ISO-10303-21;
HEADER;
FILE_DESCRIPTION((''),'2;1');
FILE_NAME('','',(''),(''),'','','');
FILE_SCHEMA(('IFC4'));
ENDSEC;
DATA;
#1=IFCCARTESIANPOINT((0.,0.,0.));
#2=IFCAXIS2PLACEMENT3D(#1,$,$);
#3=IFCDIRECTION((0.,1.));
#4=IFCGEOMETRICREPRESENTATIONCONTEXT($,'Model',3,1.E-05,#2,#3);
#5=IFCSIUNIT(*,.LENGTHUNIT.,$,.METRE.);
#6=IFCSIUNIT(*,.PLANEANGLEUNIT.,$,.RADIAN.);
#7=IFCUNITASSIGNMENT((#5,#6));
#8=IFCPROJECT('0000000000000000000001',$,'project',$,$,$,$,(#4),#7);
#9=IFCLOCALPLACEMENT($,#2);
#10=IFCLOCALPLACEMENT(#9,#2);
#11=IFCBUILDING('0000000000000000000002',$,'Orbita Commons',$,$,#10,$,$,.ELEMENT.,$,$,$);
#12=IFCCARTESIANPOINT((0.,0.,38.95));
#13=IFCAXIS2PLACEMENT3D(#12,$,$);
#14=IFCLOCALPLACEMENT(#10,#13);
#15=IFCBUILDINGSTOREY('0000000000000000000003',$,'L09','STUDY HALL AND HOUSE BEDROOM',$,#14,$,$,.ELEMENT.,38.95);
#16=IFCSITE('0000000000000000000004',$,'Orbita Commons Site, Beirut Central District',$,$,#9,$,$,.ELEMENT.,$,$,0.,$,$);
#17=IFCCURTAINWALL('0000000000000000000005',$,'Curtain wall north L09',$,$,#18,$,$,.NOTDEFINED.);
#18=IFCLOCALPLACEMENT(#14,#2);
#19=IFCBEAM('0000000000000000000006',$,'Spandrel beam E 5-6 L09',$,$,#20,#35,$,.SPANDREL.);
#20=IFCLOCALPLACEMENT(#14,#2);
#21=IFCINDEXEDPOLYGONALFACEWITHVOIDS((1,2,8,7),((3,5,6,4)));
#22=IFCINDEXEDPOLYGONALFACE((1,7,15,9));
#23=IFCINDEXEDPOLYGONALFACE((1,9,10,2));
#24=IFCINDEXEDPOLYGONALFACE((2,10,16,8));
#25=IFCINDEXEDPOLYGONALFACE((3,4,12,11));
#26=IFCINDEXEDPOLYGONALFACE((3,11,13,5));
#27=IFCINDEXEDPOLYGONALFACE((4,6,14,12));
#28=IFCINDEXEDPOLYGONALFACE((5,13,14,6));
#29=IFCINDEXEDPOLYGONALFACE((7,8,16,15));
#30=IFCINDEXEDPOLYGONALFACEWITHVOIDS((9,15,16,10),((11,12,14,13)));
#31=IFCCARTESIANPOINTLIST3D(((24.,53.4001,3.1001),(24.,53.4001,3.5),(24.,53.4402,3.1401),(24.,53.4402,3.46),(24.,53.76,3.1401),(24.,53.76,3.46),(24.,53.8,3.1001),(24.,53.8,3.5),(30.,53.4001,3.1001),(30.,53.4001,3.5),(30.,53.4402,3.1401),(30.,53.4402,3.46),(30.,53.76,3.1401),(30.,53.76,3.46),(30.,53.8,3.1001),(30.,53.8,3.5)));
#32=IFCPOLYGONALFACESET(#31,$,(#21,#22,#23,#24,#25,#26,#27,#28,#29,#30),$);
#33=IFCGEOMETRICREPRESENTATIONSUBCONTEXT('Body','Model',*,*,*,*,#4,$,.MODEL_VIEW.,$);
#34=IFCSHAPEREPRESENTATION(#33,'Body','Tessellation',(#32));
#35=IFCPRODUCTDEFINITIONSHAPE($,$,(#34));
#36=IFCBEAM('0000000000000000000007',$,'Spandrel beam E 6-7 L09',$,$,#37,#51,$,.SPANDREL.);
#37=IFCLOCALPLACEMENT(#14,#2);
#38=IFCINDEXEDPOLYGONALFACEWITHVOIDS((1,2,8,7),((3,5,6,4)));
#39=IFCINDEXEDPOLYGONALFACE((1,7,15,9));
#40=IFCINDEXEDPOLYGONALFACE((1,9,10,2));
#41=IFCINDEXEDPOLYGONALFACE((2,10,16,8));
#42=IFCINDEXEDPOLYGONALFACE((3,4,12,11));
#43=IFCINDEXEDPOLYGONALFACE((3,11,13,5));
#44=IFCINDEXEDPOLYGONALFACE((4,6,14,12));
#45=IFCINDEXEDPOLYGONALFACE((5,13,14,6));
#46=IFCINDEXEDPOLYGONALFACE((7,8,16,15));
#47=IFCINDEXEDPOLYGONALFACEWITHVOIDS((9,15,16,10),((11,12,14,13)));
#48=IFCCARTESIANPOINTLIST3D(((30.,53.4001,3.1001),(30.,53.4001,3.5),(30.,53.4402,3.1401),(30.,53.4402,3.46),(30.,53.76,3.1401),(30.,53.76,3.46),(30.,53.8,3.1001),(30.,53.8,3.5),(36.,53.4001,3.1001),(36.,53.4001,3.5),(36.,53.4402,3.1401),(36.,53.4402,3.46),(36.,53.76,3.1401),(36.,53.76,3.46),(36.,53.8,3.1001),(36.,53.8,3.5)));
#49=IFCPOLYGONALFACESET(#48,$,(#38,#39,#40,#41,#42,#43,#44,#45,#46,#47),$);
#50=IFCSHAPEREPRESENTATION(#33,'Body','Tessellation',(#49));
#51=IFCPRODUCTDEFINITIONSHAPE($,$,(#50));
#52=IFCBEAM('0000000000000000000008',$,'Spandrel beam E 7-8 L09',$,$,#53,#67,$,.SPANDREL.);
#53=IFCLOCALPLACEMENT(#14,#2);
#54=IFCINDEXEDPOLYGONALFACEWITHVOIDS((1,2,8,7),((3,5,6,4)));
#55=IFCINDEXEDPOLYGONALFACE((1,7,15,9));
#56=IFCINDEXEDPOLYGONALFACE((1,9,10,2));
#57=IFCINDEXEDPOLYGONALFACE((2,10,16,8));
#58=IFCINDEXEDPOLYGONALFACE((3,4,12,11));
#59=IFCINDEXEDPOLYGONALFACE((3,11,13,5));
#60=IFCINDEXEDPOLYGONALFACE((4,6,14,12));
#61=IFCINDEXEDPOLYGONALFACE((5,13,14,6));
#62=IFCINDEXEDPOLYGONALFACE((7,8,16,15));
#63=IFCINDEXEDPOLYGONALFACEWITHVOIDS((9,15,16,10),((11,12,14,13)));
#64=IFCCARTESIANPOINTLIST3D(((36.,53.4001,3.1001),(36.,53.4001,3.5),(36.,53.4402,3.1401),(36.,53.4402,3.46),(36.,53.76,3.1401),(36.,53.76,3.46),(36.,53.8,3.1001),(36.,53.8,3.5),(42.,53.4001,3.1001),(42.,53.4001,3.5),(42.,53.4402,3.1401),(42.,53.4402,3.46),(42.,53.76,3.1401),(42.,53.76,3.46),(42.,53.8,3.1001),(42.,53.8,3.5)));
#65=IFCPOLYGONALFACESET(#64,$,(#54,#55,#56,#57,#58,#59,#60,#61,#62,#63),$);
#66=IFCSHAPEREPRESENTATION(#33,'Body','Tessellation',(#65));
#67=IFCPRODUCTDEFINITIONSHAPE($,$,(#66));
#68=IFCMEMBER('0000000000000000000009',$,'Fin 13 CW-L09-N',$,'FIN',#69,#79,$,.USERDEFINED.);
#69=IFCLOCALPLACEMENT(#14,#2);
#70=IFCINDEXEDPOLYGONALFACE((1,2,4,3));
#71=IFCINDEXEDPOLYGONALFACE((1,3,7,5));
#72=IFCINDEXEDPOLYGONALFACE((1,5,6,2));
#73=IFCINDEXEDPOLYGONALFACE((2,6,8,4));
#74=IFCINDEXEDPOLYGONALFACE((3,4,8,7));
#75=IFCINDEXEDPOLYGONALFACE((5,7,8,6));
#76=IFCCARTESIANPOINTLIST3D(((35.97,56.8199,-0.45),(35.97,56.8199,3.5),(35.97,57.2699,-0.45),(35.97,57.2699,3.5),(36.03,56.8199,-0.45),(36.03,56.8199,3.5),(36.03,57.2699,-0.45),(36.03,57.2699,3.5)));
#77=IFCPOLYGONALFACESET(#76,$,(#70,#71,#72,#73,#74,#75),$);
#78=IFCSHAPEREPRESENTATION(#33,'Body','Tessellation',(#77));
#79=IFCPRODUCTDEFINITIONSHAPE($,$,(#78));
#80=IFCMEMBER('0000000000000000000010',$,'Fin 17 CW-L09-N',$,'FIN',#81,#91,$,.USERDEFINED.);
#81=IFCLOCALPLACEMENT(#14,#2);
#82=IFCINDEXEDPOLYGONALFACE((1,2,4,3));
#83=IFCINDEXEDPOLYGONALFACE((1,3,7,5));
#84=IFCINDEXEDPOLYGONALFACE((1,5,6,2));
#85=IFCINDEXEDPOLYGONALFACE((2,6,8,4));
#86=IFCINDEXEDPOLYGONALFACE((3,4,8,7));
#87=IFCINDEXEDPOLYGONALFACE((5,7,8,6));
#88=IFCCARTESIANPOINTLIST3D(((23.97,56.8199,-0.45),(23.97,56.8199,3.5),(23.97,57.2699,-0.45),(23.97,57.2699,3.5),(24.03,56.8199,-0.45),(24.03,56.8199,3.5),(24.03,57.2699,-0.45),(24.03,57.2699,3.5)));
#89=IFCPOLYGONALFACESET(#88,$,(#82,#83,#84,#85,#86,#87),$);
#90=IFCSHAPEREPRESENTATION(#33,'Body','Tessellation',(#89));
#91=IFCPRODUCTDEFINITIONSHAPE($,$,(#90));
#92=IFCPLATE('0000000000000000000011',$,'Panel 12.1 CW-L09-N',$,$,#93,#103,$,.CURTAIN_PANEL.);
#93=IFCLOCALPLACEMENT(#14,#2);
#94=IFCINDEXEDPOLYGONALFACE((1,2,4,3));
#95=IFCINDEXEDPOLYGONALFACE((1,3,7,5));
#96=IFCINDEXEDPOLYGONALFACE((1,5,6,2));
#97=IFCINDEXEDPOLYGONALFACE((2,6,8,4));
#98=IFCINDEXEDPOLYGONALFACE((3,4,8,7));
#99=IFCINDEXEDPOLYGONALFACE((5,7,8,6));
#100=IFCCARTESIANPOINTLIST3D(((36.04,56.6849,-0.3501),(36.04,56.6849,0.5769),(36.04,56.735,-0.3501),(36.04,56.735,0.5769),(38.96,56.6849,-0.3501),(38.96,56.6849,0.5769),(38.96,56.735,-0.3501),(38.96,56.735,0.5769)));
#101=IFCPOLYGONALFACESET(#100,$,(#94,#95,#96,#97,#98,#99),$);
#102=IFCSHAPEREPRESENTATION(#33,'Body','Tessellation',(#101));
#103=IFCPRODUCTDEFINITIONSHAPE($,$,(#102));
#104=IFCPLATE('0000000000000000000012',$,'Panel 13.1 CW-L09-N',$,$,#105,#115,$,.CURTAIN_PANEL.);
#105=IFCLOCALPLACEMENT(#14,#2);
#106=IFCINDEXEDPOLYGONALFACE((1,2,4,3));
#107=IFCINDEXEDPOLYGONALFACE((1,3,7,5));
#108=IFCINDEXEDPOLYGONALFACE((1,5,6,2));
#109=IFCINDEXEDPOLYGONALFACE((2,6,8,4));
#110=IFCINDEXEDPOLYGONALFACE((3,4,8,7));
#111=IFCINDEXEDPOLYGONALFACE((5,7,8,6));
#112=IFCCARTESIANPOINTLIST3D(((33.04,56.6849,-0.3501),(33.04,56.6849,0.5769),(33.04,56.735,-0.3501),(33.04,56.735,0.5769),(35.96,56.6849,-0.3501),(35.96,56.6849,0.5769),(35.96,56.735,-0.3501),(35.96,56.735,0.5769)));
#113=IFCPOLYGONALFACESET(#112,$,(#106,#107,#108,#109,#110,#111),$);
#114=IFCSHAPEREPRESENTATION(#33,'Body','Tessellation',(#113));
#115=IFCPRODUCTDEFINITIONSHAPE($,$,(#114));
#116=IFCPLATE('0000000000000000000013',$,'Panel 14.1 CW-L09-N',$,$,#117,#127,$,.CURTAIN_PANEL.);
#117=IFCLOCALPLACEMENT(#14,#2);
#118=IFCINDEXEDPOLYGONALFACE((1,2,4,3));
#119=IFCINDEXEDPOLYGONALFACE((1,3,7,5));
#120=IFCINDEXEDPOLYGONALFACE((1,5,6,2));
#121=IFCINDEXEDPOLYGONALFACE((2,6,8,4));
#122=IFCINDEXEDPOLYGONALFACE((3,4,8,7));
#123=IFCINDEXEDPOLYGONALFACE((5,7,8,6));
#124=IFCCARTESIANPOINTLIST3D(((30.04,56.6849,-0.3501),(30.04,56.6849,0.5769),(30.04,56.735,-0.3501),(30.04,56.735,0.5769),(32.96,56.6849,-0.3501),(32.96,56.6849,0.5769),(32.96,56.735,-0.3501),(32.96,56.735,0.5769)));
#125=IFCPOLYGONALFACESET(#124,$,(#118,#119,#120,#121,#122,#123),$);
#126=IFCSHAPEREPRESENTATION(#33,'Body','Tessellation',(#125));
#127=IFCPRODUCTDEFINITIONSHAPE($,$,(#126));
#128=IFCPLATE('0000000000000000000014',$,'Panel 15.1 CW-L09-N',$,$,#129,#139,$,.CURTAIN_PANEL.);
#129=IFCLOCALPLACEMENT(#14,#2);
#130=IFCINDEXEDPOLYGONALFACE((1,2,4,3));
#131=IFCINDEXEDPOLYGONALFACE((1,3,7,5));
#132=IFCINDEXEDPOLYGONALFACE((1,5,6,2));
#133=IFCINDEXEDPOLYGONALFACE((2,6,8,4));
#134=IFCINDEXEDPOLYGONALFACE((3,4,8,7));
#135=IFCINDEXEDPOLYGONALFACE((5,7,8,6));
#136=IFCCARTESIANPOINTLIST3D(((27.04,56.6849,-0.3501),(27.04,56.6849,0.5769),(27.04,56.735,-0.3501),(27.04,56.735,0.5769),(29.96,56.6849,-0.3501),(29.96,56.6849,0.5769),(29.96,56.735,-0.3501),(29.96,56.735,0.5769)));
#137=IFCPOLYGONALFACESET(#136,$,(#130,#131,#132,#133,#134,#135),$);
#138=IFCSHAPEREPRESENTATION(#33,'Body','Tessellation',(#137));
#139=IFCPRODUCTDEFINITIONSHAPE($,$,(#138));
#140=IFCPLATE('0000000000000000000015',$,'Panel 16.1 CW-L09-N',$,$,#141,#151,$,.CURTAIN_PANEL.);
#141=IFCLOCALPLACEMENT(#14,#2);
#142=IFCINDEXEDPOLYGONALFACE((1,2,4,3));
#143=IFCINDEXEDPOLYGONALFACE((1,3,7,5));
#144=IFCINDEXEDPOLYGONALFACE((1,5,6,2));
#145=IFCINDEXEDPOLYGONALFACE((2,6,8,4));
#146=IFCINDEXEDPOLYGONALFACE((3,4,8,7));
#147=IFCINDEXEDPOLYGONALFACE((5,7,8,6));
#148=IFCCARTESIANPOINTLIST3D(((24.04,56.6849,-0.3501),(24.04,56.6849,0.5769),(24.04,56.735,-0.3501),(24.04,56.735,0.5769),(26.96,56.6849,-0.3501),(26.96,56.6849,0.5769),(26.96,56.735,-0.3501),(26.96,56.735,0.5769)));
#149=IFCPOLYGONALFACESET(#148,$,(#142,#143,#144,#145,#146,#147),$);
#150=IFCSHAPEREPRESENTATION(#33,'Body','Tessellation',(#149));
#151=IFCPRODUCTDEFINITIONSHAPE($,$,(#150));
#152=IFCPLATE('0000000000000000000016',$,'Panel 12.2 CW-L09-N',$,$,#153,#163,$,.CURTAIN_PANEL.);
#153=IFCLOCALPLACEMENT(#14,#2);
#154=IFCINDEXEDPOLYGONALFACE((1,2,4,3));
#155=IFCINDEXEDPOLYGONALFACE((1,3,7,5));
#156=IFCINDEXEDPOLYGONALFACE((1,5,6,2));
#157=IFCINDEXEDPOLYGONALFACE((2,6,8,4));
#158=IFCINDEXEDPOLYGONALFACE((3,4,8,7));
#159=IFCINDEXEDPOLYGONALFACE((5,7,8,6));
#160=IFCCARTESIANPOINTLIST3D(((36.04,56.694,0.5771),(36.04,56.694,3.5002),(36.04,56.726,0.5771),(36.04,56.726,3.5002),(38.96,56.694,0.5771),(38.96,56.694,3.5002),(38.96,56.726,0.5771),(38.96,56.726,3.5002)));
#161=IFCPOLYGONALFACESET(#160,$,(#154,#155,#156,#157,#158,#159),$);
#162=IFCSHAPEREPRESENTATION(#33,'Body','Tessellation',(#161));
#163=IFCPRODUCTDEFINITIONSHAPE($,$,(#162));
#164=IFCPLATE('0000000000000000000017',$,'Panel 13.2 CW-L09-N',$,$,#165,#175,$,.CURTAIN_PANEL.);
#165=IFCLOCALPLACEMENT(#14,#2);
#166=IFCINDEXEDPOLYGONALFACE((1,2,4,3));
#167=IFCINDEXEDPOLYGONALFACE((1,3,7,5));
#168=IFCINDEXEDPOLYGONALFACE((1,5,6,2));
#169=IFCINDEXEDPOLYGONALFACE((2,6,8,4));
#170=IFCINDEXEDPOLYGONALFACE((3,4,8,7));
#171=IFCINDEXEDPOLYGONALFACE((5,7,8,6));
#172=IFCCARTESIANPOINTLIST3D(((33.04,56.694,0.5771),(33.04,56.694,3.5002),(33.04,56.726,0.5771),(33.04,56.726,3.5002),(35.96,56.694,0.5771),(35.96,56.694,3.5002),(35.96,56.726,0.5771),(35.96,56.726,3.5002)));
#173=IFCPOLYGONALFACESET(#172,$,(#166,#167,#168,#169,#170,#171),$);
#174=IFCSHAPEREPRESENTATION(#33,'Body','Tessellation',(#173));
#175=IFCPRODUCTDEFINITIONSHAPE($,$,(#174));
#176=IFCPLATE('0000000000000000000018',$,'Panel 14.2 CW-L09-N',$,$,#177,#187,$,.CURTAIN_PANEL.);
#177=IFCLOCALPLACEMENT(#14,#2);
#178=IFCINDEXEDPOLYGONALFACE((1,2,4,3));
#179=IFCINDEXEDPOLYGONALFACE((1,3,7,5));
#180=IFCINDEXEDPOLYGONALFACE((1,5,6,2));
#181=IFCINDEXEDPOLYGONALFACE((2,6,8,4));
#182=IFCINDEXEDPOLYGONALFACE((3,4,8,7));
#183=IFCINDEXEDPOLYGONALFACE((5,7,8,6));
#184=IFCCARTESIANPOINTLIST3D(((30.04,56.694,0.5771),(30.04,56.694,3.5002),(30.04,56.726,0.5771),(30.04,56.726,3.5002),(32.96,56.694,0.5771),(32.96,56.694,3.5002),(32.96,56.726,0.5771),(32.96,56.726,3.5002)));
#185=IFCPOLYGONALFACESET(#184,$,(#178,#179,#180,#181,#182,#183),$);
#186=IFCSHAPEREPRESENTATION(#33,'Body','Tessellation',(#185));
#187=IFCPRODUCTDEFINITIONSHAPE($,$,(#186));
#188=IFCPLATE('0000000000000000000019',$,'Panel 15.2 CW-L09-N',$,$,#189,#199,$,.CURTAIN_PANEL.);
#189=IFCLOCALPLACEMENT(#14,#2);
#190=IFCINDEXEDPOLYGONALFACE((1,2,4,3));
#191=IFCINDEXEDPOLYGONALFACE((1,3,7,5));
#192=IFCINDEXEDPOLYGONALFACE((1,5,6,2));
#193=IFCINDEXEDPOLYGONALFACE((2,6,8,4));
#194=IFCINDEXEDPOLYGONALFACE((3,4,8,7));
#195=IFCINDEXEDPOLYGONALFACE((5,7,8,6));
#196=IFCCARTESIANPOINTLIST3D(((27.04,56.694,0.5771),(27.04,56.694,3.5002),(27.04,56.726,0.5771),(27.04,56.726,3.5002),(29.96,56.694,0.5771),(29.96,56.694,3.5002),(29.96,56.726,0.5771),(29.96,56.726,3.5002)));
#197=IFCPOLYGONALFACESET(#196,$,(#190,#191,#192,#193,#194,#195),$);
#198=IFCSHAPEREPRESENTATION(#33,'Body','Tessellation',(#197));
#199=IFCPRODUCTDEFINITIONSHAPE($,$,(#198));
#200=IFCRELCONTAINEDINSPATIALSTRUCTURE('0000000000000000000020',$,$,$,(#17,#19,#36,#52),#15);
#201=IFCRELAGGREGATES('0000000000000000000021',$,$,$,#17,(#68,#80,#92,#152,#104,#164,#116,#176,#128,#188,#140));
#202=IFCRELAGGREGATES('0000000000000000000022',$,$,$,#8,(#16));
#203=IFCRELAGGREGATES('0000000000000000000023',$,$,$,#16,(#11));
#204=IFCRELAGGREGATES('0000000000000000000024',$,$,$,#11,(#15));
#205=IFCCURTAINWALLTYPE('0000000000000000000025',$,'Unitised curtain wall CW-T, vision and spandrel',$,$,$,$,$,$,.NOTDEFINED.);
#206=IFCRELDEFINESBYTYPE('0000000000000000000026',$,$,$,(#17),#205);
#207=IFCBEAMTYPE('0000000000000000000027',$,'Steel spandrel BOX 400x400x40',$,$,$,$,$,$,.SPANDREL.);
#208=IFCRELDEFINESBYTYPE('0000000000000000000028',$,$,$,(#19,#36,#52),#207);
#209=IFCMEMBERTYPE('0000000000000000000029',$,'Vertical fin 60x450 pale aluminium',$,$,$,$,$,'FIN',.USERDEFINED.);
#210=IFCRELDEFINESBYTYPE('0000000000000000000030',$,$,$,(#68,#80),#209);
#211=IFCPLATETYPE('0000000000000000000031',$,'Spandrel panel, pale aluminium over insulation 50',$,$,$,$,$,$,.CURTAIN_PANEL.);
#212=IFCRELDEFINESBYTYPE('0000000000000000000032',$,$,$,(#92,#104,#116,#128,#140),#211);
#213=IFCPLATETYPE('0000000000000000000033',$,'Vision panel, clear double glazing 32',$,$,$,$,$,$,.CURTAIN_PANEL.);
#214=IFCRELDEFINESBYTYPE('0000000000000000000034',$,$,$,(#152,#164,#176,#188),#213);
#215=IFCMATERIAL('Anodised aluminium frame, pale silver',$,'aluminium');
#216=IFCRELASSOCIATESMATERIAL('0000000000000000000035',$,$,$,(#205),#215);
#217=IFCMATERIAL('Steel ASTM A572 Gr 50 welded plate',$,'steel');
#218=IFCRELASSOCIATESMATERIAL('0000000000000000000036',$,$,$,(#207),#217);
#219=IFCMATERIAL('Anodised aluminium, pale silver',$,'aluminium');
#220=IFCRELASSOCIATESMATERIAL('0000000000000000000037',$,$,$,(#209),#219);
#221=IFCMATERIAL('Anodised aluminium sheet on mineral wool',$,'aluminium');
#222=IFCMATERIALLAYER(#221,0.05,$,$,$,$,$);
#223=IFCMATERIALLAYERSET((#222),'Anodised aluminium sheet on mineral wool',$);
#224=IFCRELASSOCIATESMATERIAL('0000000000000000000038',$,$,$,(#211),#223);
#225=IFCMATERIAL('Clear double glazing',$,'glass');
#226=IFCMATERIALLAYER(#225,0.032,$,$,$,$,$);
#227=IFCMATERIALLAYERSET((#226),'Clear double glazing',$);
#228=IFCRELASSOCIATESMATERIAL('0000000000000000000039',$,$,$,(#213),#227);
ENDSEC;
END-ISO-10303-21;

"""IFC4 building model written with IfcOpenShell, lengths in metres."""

from ifc_helpers import new_model, si_unit, direction, frame, origin, origin_2d, place, context, subcontext, project, spatial, rectangle, hollow_rectangle, extrude, material, layer, layer_set, material_profile, profile_set, type_object, element, aggregate, save


model = new_model("IFC4")

# Units and contexts
model_context = context("Model", 3, precision=1e-05, world=origin(), true_north=direction((0.0, 1.0)))
body_context = subcontext(model_context, "Body", "Model", "MODEL_VIEW")
ifc_project = project(units=[si_unit("LENGTHUNIT", "METRE"), si_unit("PLANEANGLEUNIT", "RADIAN")], contexts=[model_context])

# Site, building, storey
site_placement = place(None, origin())
site = spatial("IfcSite", under=ifc_project, at=site_placement, Name="Orbita Commons Site, Beirut Central District", CompositionType="ELEMENT", RefElevation=0.0)
building_placement = place(site_placement, origin())
building = spatial("IfcBuilding", under=site, at=building_placement, Name="Orbita Commons", CompositionType="ELEMENT")
storey_placement = place(building_placement, frame((0.0, 0.0, 38.95)))
storey = spatial("IfcBuildingStorey", under=building, at=storey_placement, Name="L09", Description="STUDY HALL AND HOUSE BEDROOM", CompositionType="ELEMENT", Elevation=38.95)

# Curtain wall
ifc_material_1 = material(Name="Anodised aluminium frame, pale silver", Category="aluminium")
curtain_wall_type = type_object("IfcCurtainWallType", Name="Unitised curtain wall CW-T, vision and spandrel", PredefinedType="NOTDEFINED", material=ifc_material_1)
curtain_wall_placement = place(storey_placement, origin())
curtain_wall = element("IfcCurtainWall", 1, at=curtain_wall_placement, inside=storey, type_object=curtain_wall_type, Name="Curtain wall north L09", PredefinedType="NOTDEFINED")

# Beams
ifc_material_2 = material(Name="Steel ASTM A572 Gr 50 welded plate", Category="steel")
ifc_material_profile_1 = material_profile(ifc_material_2, hollow_rectangle(XDim=0.3999, YDim=0.3999, WallThickness=0.04, at=origin_2d()), Name="BOX 400x400x40")
ifc_profile_set_1 = profile_set([ifc_material_profile_1], Name="Steel ASTM A572 Gr 50 welded plate")
beam_type = type_object("IfcBeamType", Name="Steel spandrel BOX 400x400x40", PredefinedType="SPANDREL", material=ifc_profile_set_1)
for number, where, z_axis, x_axis, name in (
    (2, (24.0, 53.6001, 3.3), (1.0, 0.0, 0.0), (0.0, 1.0, 0.0), "Spandrel beam E 5-6 L09"),
    (3, (30.0, 53.6001, 3.3), (1.0, 0.0, 0.0), (0.0, 1.0, 0.0), "Spandrel beam E 6-7 L09"),
    (4, (36.0, 53.6001, 3.3), (1.0, 0.0, 0.0), (0.0, 1.0, 0.0), "Spandrel beam E 7-8 L09"),
):
    element("IfcBeam", number, at=place(storey_placement, frame(where, z_axis=z_axis, x_axis=x_axis)), inside=storey, type_object=beam_type, Name=name, PredefinedType="SPANDREL", context=body_context, shape_type="SweptSolid", body=[
        extrude(hollow_rectangle(XDim=0.3999, YDim=0.3999, WallThickness=0.04, at=origin_2d()), origin(), (0.0, 0.0, 1.0), 6.0),
    ])

# Members
ifc_material_3 = material(Name="Anodised aluminium, pale silver", Category="aluminium")
ifc_material_profile_2 = material_profile(ifc_material_3, rectangle(XDim=0.0601, YDim=0.45, at=origin_2d()), Name="FIN 60x450")
ifc_profile_set_2 = profile_set([ifc_material_profile_2], Name="Anodised aluminium, pale silver")
member_type_1 = type_object("IfcMemberType", Name="Vertical fin 60x450 pale aluminium", ElementType="FIN", PredefinedType="USERDEFINED", material=ifc_profile_set_2)
member_1_placement = place(storey_placement, frame((36.0, 57.0449, -0.45), z_axis=(0.0, 0.0, 1.0), x_axis=(-1.0, 0.0, 0.0)))
member_1 = element("IfcMember", 5, at=member_1_placement, type_object=member_type_1, Name="Fin 13 CW-L09-N", ObjectType="FIN", PredefinedType="USERDEFINED", context=body_context, shape_type="SweptSolid", body=[
    extrude(rectangle(XDim=0.0601, YDim=0.45, at=origin_2d()), origin(), (0.0, 0.0, 1.0), 3.95),
])
member_2_placement = place(storey_placement, frame((24.0, 57.0449, -0.45), z_axis=(0.0, 0.0, 1.0), x_axis=(-1.0, 0.0, 0.0)))
member_2 = element("IfcMember", 6, at=member_2_placement, type_object=member_type_1, Name="Fin 17 CW-L09-N", ObjectType="FIN", PredefinedType="USERDEFINED", context=body_context, shape_type="SweptSolid", body=[
    extrude(rectangle(XDim=0.0601, YDim=0.45, at=origin_2d()), origin(), (0.0, 0.0, 1.0), 3.95),
])

# Plates
ifc_material_4 = material(Name="Anodised aluminium sheet on mineral wool", Category="aluminium")
ifc_layer_1 = layer(ifc_material_4, 0.05)
ifc_layer_set_1 = layer_set([ifc_layer_1], Name="Anodised aluminium sheet on mineral wool")
plate_type_1 = type_object("IfcPlateType", Name="Spandrel panel, pale aluminium over insulation 50", PredefinedType="CURTAIN_PANEL", material=ifc_layer_set_1)
plate_1_placement = place(storey_placement, frame((37.5, 56.71, -0.3501), z_axis=(0.0, 0.0, 1.0), x_axis=(-1.0, 0.0, 0.0)))
plate_1 = element("IfcPlate", 7, at=plate_1_placement, type_object=plate_type_1, Name="Panel 12.1 CW-L09-N", PredefinedType="CURTAIN_PANEL", context=body_context, shape_type="SweptSolid", body=[
    extrude(rectangle(XDim=2.9199, YDim=0.05, at=origin_2d()), origin(), (0.0, 0.0, 1.0), 0.927),
])
plate_2_placement = place(storey_placement, frame((34.5, 56.71, -0.3501), z_axis=(0.0, 0.0, 1.0), x_axis=(-1.0, 0.0, 0.0)))
plate_2 = element("IfcPlate", 8, at=plate_2_placement, type_object=plate_type_1, Name="Panel 13.1 CW-L09-N", PredefinedType="CURTAIN_PANEL", context=body_context, shape_type="SweptSolid", body=[
    extrude(rectangle(XDim=2.9199, YDim=0.05, at=origin_2d()), origin(), (0.0, 0.0, 1.0), 0.927),
])
plate_3_placement = place(storey_placement, frame((31.5, 56.71, -0.3501), z_axis=(0.0, 0.0, 1.0), x_axis=(-1.0, 0.0, 0.0)))
plate_3 = element("IfcPlate", 9, at=plate_3_placement, type_object=plate_type_1, Name="Panel 14.1 CW-L09-N", PredefinedType="CURTAIN_PANEL", context=body_context, shape_type="SweptSolid", body=[
    extrude(rectangle(XDim=2.9199, YDim=0.05, at=origin_2d()), origin(), (0.0, 0.0, 1.0), 0.927),
])
plate_4_placement = place(storey_placement, frame((28.5, 56.71, -0.3501), z_axis=(0.0, 0.0, 1.0), x_axis=(-1.0, 0.0, 0.0)))
plate_4 = element("IfcPlate", 10, at=plate_4_placement, type_object=plate_type_1, Name="Panel 15.1 CW-L09-N", PredefinedType="CURTAIN_PANEL", context=body_context, shape_type="SweptSolid", body=[
    extrude(rectangle(XDim=2.9199, YDim=0.05, at=origin_2d()), origin(), (0.0, 0.0, 1.0), 0.927),
])
plate_5_placement = place(storey_placement, frame((25.5, 56.71, -0.3501), z_axis=(0.0, 0.0, 1.0), x_axis=(-1.0, 0.0, 0.0)))
plate_5 = element("IfcPlate", 11, at=plate_5_placement, type_object=plate_type_1, Name="Panel 16.1 CW-L09-N", PredefinedType="CURTAIN_PANEL", context=body_context, shape_type="SweptSolid", body=[
    extrude(rectangle(XDim=2.9199, YDim=0.05, at=origin_2d()), origin(), (0.0, 0.0, 1.0), 0.927),
])
ifc_material_5 = material(Name="Clear double glazing", Category="glass")
ifc_layer_2 = layer(ifc_material_5, 0.032)
ifc_layer_set_2 = layer_set([ifc_layer_2], Name="Clear double glazing")
plate_type_2 = type_object("IfcPlateType", Name="Vision panel, clear double glazing 32", PredefinedType="CURTAIN_PANEL", material=ifc_layer_set_2)
plate_6_placement = place(storey_placement, frame((37.5, 56.71, 0.5771), z_axis=(0.0, 0.0, 1.0), x_axis=(-1.0, 0.0, 0.0)))
plate_6 = element("IfcPlate", 12, at=plate_6_placement, type_object=plate_type_2, Name="Panel 12.2 CW-L09-N", PredefinedType="CURTAIN_PANEL", context=body_context, shape_type="SweptSolid", body=[
    extrude(rectangle(XDim=2.9199, YDim=0.032, at=origin_2d()), origin(), (0.0, 0.0, 1.0), 2.9231),
])
plate_7_placement = place(storey_placement, frame((34.5, 56.71, 0.5771), z_axis=(0.0, 0.0, 1.0), x_axis=(-1.0, 0.0, 0.0)))
plate_7 = element("IfcPlate", 13, at=plate_7_placement, type_object=plate_type_2, Name="Panel 13.2 CW-L09-N", PredefinedType="CURTAIN_PANEL", context=body_context, shape_type="SweptSolid", body=[
    extrude(rectangle(XDim=2.9199, YDim=0.032, at=origin_2d()), origin(), (0.0, 0.0, 1.0), 2.9231),
])
plate_8_placement = place(storey_placement, frame((31.5, 56.71, 0.5771), z_axis=(0.0, 0.0, 1.0), x_axis=(-1.0, 0.0, 0.0)))
plate_8 = element("IfcPlate", 14, at=plate_8_placement, type_object=plate_type_2, Name="Panel 14.2 CW-L09-N", PredefinedType="CURTAIN_PANEL", context=body_context, shape_type="SweptSolid", body=[
    extrude(rectangle(XDim=2.9199, YDim=0.032, at=origin_2d()), origin(), (0.0, 0.0, 1.0), 2.9231),
])
plate_9_placement = place(storey_placement, frame((28.5, 56.71, 0.5771), z_axis=(0.0, 0.0, 1.0), x_axis=(-1.0, 0.0, 0.0)))
plate_9 = element("IfcPlate", 15, at=plate_9_placement, type_object=plate_type_2, Name="Panel 15.2 CW-L09-N", PredefinedType="CURTAIN_PANEL", context=body_context, shape_type="SweptSolid", body=[
    extrude(rectangle(XDim=2.9199, YDim=0.032, at=origin_2d()), origin(), (0.0, 0.0, 1.0), 2.9231),
])
aggregate(curtain_wall, [member_1, member_2, plate_1, plate_6, plate_2, plate_7, plate_3, plate_8, plate_4, plate_9, plate_5])

save(model, "model.ifc")
